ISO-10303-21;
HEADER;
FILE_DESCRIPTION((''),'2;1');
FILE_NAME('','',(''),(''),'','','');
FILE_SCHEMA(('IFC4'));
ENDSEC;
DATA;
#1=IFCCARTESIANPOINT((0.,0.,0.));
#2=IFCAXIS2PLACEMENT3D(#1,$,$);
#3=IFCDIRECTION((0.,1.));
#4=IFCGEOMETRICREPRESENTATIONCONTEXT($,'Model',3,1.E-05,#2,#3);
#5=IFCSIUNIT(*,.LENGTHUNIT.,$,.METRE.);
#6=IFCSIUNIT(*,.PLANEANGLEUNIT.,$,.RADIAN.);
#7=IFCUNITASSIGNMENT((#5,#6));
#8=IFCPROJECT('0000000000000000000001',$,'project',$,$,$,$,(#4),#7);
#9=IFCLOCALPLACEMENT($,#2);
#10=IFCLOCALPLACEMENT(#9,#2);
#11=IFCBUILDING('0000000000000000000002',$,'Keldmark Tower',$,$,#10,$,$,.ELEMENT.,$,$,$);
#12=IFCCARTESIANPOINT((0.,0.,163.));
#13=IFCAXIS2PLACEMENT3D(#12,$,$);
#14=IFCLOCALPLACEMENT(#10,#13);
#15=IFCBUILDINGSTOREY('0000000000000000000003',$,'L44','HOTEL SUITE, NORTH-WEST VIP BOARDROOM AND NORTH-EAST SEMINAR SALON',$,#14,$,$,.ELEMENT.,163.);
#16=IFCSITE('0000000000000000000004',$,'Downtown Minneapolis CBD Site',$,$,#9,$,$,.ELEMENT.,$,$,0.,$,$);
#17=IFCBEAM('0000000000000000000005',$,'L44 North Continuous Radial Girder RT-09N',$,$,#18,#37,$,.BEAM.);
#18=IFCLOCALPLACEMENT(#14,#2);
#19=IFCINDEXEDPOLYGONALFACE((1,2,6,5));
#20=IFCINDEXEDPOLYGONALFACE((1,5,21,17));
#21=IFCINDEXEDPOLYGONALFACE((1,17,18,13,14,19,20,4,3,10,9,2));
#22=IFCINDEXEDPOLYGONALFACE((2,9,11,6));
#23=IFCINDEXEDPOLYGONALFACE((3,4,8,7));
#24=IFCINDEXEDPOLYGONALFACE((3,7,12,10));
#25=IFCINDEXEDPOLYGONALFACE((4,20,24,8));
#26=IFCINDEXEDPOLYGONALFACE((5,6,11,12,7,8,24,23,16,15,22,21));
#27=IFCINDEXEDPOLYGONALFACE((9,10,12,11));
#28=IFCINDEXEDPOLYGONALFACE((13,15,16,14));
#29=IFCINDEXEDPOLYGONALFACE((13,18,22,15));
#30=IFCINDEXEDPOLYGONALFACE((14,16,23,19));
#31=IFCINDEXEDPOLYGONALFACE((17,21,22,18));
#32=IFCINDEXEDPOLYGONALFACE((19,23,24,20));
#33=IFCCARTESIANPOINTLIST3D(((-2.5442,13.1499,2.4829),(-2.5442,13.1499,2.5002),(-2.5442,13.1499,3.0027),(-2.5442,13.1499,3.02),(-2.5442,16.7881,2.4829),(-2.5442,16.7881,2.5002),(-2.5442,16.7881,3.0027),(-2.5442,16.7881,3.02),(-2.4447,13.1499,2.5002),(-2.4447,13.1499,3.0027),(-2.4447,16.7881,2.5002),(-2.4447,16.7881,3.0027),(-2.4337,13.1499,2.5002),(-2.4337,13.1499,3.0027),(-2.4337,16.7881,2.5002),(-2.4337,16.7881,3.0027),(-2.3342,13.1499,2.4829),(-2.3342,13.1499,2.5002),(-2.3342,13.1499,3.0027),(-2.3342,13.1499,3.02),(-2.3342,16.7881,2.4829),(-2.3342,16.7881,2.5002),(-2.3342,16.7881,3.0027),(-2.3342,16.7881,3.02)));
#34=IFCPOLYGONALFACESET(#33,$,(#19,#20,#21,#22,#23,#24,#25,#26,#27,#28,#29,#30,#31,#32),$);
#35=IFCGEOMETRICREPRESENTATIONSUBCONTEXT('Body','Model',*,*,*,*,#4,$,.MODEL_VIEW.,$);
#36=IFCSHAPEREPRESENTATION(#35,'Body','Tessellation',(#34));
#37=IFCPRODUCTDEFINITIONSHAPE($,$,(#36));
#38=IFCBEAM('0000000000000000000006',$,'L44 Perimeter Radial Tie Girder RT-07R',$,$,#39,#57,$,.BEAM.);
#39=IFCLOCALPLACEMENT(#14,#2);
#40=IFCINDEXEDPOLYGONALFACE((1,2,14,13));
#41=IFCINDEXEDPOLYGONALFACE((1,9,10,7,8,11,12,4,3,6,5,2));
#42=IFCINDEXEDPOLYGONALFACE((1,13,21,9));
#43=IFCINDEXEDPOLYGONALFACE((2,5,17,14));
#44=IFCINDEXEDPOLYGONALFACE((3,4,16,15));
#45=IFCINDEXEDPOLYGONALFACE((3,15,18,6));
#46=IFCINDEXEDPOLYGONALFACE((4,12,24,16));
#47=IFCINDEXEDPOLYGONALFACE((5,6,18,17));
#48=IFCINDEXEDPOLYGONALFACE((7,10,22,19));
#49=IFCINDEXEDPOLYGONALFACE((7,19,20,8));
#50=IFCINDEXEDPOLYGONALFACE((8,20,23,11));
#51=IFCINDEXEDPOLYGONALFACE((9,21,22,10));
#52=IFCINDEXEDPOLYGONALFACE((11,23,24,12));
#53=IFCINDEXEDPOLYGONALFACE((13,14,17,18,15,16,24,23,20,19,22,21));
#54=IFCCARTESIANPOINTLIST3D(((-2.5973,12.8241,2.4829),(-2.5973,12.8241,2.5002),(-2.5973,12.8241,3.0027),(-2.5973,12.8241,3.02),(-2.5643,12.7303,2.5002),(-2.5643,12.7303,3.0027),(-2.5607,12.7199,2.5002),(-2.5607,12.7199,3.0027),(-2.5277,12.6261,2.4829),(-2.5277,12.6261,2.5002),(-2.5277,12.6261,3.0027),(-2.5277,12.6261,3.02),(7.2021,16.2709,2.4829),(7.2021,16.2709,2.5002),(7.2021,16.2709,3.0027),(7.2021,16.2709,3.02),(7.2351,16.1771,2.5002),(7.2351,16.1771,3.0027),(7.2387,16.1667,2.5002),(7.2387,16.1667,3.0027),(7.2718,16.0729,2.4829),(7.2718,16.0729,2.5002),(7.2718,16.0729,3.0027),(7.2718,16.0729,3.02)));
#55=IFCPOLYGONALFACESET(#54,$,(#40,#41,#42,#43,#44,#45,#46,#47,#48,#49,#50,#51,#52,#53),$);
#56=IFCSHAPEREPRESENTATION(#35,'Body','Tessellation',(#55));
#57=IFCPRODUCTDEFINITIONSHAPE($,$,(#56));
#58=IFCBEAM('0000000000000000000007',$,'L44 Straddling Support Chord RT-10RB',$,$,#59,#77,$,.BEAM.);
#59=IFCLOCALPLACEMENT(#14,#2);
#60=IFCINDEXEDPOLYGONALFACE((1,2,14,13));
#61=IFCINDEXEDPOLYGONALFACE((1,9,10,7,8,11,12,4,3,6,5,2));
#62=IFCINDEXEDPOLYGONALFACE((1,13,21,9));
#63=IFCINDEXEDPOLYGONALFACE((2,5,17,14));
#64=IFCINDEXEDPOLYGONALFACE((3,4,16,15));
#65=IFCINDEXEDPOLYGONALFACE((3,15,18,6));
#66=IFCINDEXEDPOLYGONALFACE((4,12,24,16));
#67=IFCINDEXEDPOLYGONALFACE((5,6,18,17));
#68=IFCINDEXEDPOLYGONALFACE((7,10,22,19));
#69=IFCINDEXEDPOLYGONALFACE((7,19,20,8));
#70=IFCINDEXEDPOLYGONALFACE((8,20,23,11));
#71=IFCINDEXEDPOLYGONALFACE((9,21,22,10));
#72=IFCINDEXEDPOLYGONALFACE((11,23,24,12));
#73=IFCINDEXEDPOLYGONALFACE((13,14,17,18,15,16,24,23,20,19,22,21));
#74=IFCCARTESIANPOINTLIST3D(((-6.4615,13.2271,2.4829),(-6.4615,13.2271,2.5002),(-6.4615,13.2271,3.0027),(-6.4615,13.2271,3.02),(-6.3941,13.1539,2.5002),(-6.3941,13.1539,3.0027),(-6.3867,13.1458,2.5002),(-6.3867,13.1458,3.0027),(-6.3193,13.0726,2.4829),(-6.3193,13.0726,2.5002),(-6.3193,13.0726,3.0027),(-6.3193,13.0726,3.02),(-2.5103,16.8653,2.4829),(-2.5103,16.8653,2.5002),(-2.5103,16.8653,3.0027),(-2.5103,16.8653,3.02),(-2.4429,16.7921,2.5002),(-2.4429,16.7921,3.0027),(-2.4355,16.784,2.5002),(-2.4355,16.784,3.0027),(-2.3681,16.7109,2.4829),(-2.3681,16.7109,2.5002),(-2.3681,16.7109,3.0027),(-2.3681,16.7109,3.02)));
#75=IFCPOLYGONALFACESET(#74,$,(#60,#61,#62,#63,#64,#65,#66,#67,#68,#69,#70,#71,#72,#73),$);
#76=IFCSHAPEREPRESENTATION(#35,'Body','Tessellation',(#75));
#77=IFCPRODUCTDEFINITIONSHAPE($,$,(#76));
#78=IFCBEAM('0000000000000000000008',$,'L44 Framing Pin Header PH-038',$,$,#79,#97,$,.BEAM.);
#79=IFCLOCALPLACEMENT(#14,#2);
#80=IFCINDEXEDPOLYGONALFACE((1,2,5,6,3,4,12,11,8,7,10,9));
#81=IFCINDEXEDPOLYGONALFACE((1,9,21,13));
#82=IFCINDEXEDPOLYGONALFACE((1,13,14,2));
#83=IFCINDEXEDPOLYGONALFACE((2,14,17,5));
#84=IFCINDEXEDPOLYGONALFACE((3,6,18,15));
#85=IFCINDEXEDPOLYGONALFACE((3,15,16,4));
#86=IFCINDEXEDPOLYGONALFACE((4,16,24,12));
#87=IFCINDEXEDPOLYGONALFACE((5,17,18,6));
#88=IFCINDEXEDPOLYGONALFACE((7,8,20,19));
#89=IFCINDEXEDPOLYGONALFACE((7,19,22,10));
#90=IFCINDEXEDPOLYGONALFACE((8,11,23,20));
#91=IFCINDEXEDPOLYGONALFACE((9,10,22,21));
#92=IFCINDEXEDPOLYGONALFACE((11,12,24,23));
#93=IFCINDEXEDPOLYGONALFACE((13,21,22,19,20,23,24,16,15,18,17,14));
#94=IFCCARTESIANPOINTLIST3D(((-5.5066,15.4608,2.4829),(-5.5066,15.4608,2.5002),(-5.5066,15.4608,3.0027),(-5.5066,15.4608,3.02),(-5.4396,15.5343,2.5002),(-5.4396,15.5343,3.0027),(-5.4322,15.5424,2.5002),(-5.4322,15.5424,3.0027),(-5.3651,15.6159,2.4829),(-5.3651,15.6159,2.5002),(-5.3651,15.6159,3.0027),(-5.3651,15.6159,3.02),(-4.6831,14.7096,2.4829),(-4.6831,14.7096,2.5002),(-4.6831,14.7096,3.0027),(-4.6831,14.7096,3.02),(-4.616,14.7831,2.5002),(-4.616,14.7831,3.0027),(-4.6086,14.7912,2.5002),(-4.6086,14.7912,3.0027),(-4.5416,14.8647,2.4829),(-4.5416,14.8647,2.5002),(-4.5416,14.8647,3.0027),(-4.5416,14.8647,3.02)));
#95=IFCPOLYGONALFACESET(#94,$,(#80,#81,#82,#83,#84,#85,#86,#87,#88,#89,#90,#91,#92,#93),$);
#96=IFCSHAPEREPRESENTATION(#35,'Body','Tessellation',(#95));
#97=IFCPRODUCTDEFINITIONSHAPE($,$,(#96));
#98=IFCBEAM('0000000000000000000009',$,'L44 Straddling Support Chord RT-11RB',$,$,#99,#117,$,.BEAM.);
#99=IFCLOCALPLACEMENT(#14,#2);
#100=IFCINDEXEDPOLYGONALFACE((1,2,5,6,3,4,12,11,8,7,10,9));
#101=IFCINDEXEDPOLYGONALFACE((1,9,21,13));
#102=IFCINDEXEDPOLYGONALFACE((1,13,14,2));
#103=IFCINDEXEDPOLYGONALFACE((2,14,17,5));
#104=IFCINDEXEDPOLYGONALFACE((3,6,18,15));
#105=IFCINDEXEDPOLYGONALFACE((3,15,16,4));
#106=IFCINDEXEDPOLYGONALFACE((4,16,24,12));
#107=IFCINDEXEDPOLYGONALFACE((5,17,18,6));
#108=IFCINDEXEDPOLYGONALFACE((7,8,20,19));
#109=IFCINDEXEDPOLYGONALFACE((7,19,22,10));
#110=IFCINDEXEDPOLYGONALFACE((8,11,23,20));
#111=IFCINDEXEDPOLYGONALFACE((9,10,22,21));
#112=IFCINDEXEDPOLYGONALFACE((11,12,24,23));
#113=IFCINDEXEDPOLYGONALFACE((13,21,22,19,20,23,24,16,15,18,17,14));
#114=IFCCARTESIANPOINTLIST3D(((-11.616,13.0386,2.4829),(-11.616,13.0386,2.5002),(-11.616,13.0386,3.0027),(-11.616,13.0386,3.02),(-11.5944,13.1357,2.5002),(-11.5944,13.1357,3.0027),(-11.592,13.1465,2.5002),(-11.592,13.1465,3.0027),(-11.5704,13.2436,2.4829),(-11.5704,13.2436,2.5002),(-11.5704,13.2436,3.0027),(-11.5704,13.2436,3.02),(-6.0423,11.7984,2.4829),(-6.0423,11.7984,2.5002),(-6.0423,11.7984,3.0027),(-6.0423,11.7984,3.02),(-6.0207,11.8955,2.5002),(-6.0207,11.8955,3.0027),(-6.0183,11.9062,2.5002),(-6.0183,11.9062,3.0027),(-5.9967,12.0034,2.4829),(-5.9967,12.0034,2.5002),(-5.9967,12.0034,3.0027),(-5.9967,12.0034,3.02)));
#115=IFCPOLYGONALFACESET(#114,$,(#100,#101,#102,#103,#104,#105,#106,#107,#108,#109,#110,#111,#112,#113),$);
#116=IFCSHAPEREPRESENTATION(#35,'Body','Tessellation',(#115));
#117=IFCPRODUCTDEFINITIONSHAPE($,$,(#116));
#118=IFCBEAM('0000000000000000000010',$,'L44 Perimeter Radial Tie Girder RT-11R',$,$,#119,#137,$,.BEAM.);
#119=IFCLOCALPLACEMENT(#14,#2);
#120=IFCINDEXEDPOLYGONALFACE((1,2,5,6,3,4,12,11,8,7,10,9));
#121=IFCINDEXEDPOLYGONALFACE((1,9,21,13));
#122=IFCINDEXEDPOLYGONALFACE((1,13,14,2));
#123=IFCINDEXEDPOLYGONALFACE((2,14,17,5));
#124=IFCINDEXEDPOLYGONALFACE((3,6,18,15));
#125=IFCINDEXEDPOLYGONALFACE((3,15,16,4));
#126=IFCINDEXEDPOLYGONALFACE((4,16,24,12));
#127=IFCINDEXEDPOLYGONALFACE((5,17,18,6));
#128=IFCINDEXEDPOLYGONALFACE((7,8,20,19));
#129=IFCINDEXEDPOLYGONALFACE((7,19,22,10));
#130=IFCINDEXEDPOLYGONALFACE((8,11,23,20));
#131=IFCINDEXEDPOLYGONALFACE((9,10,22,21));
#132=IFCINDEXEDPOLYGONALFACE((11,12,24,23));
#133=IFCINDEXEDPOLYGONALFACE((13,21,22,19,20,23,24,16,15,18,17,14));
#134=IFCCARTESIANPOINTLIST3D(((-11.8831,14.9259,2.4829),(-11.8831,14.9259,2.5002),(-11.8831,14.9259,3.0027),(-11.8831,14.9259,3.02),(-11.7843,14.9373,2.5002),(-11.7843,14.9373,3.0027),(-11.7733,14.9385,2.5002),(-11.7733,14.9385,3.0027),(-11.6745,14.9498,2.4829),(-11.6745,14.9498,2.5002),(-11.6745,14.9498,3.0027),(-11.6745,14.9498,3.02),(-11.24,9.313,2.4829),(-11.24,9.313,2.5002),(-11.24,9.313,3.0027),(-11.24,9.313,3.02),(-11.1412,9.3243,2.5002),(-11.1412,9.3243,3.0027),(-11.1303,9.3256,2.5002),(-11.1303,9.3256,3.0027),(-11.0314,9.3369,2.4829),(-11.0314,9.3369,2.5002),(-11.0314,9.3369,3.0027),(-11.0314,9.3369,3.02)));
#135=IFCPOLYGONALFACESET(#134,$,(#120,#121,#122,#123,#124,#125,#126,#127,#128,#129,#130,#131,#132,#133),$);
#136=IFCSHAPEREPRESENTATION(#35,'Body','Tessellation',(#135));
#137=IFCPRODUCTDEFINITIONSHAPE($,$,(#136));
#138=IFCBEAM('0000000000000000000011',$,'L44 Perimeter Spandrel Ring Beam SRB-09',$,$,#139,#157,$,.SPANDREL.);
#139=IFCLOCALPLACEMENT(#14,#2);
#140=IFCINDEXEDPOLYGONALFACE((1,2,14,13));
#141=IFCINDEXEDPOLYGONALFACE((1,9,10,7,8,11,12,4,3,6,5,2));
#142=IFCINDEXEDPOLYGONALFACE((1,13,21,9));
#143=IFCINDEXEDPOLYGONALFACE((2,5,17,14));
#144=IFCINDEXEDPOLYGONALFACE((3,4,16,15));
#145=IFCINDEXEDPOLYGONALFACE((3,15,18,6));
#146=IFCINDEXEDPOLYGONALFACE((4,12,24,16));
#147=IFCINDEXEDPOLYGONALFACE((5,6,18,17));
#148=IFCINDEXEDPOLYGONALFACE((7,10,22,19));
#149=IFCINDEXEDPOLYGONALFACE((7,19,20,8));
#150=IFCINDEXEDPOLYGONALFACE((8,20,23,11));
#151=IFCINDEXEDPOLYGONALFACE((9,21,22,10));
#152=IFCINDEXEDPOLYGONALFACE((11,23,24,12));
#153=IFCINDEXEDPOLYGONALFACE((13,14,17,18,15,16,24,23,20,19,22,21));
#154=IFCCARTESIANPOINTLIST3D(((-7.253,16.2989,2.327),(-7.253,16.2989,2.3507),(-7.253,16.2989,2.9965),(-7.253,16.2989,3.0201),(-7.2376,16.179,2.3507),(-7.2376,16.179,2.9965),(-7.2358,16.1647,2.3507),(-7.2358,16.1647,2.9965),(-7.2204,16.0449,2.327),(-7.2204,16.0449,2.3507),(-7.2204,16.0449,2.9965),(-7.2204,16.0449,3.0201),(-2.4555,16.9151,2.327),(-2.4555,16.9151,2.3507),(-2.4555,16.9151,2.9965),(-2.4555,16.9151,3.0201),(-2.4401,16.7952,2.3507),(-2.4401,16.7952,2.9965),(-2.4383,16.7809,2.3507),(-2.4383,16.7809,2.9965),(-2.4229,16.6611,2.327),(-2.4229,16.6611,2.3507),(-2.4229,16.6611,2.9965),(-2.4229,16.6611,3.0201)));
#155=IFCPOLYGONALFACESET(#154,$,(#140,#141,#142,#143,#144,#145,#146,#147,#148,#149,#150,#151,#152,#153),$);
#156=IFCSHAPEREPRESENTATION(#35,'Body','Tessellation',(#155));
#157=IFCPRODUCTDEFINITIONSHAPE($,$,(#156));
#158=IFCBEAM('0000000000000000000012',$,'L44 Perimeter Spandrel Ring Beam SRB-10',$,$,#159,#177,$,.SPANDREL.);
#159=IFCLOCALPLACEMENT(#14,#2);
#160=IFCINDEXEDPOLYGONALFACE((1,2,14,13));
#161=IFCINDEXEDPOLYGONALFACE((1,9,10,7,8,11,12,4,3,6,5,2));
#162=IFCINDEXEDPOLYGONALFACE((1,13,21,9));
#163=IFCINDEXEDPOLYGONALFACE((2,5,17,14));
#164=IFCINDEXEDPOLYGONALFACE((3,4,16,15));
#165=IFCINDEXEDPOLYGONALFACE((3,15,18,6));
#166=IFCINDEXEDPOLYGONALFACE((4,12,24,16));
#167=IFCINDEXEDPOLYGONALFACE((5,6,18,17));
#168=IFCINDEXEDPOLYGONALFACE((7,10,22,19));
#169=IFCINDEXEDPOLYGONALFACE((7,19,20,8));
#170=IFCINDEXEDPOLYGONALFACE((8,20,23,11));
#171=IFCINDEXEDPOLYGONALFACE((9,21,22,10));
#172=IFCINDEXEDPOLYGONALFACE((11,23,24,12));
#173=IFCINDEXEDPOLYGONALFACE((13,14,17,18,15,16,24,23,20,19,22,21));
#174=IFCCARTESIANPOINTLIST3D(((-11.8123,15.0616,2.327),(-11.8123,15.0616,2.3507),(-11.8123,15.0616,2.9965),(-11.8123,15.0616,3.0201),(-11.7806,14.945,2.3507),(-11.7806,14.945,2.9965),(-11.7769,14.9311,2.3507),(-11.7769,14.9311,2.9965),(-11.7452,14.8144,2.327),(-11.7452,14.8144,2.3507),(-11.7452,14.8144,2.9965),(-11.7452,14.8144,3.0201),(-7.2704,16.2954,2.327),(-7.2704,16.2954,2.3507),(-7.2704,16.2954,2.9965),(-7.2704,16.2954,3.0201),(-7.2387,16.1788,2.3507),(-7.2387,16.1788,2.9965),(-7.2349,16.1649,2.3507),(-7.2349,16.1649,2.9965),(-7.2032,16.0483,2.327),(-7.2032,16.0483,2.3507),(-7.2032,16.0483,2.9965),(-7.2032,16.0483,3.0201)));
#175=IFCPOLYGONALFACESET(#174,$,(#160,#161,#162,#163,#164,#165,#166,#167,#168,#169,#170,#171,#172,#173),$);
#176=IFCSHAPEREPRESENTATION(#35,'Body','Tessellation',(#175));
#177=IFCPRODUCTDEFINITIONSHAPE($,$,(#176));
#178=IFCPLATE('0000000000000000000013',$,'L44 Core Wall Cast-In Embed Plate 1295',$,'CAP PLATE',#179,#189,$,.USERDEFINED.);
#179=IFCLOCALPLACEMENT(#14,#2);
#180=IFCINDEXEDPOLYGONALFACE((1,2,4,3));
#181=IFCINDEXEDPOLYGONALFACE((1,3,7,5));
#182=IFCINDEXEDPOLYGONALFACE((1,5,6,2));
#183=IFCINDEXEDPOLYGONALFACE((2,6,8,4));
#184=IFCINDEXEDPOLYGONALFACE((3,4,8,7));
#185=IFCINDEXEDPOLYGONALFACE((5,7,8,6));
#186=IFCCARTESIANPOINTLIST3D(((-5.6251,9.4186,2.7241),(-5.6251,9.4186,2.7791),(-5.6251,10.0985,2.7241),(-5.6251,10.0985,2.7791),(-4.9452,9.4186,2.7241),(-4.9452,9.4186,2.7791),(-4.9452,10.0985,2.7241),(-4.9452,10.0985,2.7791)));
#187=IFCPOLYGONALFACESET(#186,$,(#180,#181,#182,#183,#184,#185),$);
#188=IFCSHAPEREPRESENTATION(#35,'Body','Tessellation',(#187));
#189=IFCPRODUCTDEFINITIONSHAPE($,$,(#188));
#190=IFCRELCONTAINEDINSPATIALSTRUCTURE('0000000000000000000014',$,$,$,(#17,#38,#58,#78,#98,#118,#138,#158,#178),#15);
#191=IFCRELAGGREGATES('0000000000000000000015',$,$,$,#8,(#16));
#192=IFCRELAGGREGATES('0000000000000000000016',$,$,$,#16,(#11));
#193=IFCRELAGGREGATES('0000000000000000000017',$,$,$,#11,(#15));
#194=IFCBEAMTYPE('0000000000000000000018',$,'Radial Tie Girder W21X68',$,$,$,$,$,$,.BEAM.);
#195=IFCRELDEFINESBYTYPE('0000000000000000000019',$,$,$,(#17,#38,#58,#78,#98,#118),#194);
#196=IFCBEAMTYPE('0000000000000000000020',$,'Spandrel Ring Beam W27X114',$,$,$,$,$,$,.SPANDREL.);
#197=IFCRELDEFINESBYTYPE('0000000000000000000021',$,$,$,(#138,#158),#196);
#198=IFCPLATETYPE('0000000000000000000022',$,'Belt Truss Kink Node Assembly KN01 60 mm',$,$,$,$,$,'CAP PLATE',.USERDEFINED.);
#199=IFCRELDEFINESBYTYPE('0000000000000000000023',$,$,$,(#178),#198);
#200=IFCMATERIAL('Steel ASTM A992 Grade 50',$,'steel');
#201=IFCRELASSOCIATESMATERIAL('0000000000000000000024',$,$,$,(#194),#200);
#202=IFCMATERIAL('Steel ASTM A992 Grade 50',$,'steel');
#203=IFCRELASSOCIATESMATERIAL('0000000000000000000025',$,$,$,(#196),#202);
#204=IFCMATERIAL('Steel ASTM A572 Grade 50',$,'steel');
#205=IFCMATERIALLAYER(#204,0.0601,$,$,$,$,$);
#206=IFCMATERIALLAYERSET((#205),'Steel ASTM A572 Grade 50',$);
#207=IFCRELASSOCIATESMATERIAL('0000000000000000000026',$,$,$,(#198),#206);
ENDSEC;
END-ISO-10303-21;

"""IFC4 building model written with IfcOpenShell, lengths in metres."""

from ifc_helpers import new_model, si_unit, direction, frame, origin, origin_2d, place, context, subcontext, project, spatial, rectangle, i_section, extrude, material, layer, layer_set, material_profile, profile_set, type_object, element, save


model = new_model("IFC4")

# Units and contexts
model_context = context("Model", 3, precision=1e-05, world=origin(), true_north=direction((0.0, 1.0)))
body_context = subcontext(model_context, "Body", "Model", "MODEL_VIEW")
ifc_project = project(units=[si_unit("LENGTHUNIT", "METRE"), si_unit("PLANEANGLEUNIT", "RADIAN")], contexts=[model_context])

# Site, building, storey
site_placement = place(None, origin())
site = spatial("IfcSite", under=ifc_project, at=site_placement, Name="Downtown Minneapolis CBD Site", CompositionType="ELEMENT", RefElevation=0.0)
building_placement = place(site_placement, origin())
building = spatial("IfcBuilding", under=site, at=building_placement, Name="Keldmark Tower", CompositionType="ELEMENT")
storey_placement = place(building_placement, frame((0.0, 0.0, 163.0)))
storey = spatial("IfcBuildingStorey", under=building, at=storey_placement, Name="L44", Description="HOTEL SUITE, NORTH-WEST VIP BOARDROOM AND NORTH-EAST SEMINAR SALON", CompositionType="ELEMENT", Elevation=163.0)

# Beams
ifc_material_1 = material(Name="Steel ASTM A992 Grade 50", Category="steel")
ifc_material_profile_1 = material_profile(ifc_material_1, i_section(OverallWidth=0.21, OverallDepth=0.5371, WebThickness=0.011, FlangeThickness=0.0173, at=origin_2d()), Name="W21X68")
ifc_profile_set_1 = profile_set([ifc_material_profile_1], Name="Steel ASTM A992 Grade 50")
beam_type_1 = type_object("IfcBeamType", Name="Radial Tie Girder W21X68", PredefinedType="BEAM", material=ifc_profile_set_1)
beam_1_placement = place(storey_placement, frame((-2.4392, 13.1499, 2.7515), z_axis=(0.0, 1.0, 0.0), x_axis=(-1.0, 0.0, 0.0)))
element("IfcBeam", 1, at=beam_1_placement, inside=storey, type_object=beam_type_1, Name="L44 North Continuous Radial Girder RT-09N", PredefinedType="BEAM", context=body_context, shape_type="SweptSolid", body=[
    extrude(i_section(OverallWidth=0.21, OverallDepth=0.5371, WebThickness=0.011, FlangeThickness=0.0173, at=origin_2d()), origin(), (0.0, 0.0, 1.0), 3.6382),
])
beam_2_placement = place(storey_placement, frame((-2.5625, 12.7251, 2.7515), z_axis=(0.943346, 0.331809, 0.0), x_axis=(-0.331809, 0.943346, 0.0)))
element("IfcBeam", 2, at=beam_2_placement, inside=storey, type_object=beam_type_1, Name="L44 Perimeter Radial Tie Girder RT-07R", PredefinedType="BEAM", context=body_context, shape_type="SweptSolid", body=[
    extrude(i_section(OverallWidth=0.21, OverallDepth=0.5371, WebThickness=0.011, FlangeThickness=0.0173, at=origin_2d()), origin(), (0.0, 0.0, 1.0), 10.3879),
])
beam_3_placement = place(storey_placement, frame((-2.4392, 16.7881, 2.7515), z_axis=(-0.735643, -0.67737, 0.0), x_axis=(0.67737, -0.735643, 0.0)))
element("IfcBeam", 3, at=beam_3_placement, inside=storey, type_object=beam_type_1, Name="L44 Straddling Support Chord RT-10RB", PredefinedType="BEAM", context=body_context, shape_type="SweptSolid", body=[
    extrude(i_section(OverallWidth=0.21, OverallDepth=0.5371, WebThickness=0.011, FlangeThickness=0.0173, at=origin_2d()), origin(), (0.0, 0.0, 1.0), 5.3711),
])
beam_4_placement = place(storey_placement, frame((-4.6123, 14.7871, 2.7515), z_axis=(-0.738779, 0.673947, 0.0), x_axis=(-0.673947, -0.738779, 0.0)))
element("IfcBeam", 4, at=beam_4_placement, inside=storey, type_object=beam_type_1, Name="L44 Framing Pin Header PH-038", PredefinedType="BEAM", context=body_context, shape_type="SweptSolid", body=[
    extrude(i_section(OverallWidth=0.21, OverallDepth=0.5371, WebThickness=0.011, FlangeThickness=0.0173, at=origin_2d()), origin(), (0.0, 0.0, 1.0), 1.1147),
])
beam_5_placement = place(storey_placement, frame((-6.0195, 11.9009, 2.7515), z_axis=(-0.976127, 0.217202, 0.0), x_axis=(-0.217202, -0.976127, 0.0)))
element("IfcBeam", 5, at=beam_5_placement, inside=storey, type_object=beam_type_1, Name="L44 Straddling Support Chord RT-11RB", PredefinedType="BEAM", context=body_context, shape_type="SweptSolid", body=[
    extrude(i_section(OverallWidth=0.21, OverallDepth=0.5371, WebThickness=0.011, FlangeThickness=0.0173, at=origin_2d()), origin(), (0.0, 0.0, 1.0), 5.71),
])
beam_6_placement = place(storey_placement, frame((-11.1357, 9.325, 2.7515), z_axis=(-0.113822, 0.993501, 0.0), x_axis=(-0.993501, -0.113822, 0.0)))
element("IfcBeam", 6, at=beam_6_placement, inside=storey, type_object=beam_type_1, Name="L44 Perimeter Radial Tie Girder RT-11R", PredefinedType="BEAM", context=body_context, shape_type="SweptSolid", body=[
    extrude(i_section(OverallWidth=0.21, OverallDepth=0.5371, WebThickness=0.011, FlangeThickness=0.0173, at=origin_2d()), origin(), (0.0, 0.0, 1.0), 5.6497),
])
ifc_material_2 = material(Name="Steel ASTM A992 Grade 50", Category="steel")
ifc_material_profile_2 = material_profile(ifc_material_2, i_section(OverallWidth=0.2561, OverallDepth=0.6931, WebThickness=0.0144, FlangeThickness=0.0237, at=origin_2d()), Name="W27X114")
ifc_profile_set_2 = profile_set([ifc_material_profile_2], Name="Steel ASTM A992 Grade 50")
beam_type_2 = type_object("IfcBeamType", Name="Spandrel Ring Beam W27X114", PredefinedType="SPANDREL", material=ifc_profile_set_2)
beam_7_placement = place(storey_placement, frame((-2.4392, 16.7881, 2.6736), z_axis=(-0.991852, -0.127395, 0.0), x_axis=(0.127395, -0.991852, 0.0)))
element("IfcBeam", 7, at=beam_7_placement, inside=storey, type_object=beam_type_2, Name="L44 Perimeter Spandrel Ring Beam SRB-09", PredefinedType="SPANDREL", context=body_context, shape_type="SweptSolid", body=[
    extrude(i_section(OverallWidth=0.2561, OverallDepth=0.6931, WebThickness=0.0144, FlangeThickness=0.0237, at=origin_2d()), origin(), (0.0, 0.0, 1.0), 4.8369),
])
beam_8_placement = place(storey_placement, frame((-7.2368, 16.1719, 2.6736), z_axis=(-0.965024, -0.26216, 0.0), x_axis=(0.26216, -0.965024, 0.0)))
element("IfcBeam", 8, at=beam_8_placement, inside=storey, type_object=beam_type_2, Name="L44 Perimeter Spandrel Ring Beam SRB-10", PredefinedType="SPANDREL", context=body_context, shape_type="SweptSolid", body=[
    extrude(i_section(OverallWidth=0.2561, OverallDepth=0.6931, WebThickness=0.0144, FlangeThickness=0.0237, at=origin_2d()), origin(), (0.0, 0.0, 1.0), 4.7065),
])

# Plate
ifc_material_3 = material(Name="Steel ASTM A572 Grade 50", Category="steel")
ifc_layer_1 = layer(ifc_material_3, 0.0601)
ifc_layer_set_1 = layer_set([ifc_layer_1], Name="Steel ASTM A572 Grade 50")
plate_type_1 = type_object("IfcPlateType", Name="Belt Truss Kink Node Assembly KN01 60 mm", ElementType="CAP PLATE", PredefinedType="USERDEFINED", material=ifc_layer_set_1)
for number, where, z_axis, x_axis, name in (
    (9, (-5.2852, 9.7585, 2.7241), (0.0, 0.0, 1.0), (1.0, 0.0, 0.0), "L44 Core Wall Cast-In Embed Plate 1295"),
):
    element("IfcPlate", number, at=place(storey_placement, frame(where, z_axis=z_axis, x_axis=x_axis)), inside=storey, type_object=plate_type_1, Name=name, ObjectType="CAP PLATE", PredefinedType="USERDEFINED", context=body_context, shape_type="SweptSolid", body=[
        extrude(rectangle(XDim=0.6799, YDim=0.6799, at=origin_2d()), origin(), (0.0, 0.0, 1.0), 0.0549),
    ])

save(model, "model.ifc")
